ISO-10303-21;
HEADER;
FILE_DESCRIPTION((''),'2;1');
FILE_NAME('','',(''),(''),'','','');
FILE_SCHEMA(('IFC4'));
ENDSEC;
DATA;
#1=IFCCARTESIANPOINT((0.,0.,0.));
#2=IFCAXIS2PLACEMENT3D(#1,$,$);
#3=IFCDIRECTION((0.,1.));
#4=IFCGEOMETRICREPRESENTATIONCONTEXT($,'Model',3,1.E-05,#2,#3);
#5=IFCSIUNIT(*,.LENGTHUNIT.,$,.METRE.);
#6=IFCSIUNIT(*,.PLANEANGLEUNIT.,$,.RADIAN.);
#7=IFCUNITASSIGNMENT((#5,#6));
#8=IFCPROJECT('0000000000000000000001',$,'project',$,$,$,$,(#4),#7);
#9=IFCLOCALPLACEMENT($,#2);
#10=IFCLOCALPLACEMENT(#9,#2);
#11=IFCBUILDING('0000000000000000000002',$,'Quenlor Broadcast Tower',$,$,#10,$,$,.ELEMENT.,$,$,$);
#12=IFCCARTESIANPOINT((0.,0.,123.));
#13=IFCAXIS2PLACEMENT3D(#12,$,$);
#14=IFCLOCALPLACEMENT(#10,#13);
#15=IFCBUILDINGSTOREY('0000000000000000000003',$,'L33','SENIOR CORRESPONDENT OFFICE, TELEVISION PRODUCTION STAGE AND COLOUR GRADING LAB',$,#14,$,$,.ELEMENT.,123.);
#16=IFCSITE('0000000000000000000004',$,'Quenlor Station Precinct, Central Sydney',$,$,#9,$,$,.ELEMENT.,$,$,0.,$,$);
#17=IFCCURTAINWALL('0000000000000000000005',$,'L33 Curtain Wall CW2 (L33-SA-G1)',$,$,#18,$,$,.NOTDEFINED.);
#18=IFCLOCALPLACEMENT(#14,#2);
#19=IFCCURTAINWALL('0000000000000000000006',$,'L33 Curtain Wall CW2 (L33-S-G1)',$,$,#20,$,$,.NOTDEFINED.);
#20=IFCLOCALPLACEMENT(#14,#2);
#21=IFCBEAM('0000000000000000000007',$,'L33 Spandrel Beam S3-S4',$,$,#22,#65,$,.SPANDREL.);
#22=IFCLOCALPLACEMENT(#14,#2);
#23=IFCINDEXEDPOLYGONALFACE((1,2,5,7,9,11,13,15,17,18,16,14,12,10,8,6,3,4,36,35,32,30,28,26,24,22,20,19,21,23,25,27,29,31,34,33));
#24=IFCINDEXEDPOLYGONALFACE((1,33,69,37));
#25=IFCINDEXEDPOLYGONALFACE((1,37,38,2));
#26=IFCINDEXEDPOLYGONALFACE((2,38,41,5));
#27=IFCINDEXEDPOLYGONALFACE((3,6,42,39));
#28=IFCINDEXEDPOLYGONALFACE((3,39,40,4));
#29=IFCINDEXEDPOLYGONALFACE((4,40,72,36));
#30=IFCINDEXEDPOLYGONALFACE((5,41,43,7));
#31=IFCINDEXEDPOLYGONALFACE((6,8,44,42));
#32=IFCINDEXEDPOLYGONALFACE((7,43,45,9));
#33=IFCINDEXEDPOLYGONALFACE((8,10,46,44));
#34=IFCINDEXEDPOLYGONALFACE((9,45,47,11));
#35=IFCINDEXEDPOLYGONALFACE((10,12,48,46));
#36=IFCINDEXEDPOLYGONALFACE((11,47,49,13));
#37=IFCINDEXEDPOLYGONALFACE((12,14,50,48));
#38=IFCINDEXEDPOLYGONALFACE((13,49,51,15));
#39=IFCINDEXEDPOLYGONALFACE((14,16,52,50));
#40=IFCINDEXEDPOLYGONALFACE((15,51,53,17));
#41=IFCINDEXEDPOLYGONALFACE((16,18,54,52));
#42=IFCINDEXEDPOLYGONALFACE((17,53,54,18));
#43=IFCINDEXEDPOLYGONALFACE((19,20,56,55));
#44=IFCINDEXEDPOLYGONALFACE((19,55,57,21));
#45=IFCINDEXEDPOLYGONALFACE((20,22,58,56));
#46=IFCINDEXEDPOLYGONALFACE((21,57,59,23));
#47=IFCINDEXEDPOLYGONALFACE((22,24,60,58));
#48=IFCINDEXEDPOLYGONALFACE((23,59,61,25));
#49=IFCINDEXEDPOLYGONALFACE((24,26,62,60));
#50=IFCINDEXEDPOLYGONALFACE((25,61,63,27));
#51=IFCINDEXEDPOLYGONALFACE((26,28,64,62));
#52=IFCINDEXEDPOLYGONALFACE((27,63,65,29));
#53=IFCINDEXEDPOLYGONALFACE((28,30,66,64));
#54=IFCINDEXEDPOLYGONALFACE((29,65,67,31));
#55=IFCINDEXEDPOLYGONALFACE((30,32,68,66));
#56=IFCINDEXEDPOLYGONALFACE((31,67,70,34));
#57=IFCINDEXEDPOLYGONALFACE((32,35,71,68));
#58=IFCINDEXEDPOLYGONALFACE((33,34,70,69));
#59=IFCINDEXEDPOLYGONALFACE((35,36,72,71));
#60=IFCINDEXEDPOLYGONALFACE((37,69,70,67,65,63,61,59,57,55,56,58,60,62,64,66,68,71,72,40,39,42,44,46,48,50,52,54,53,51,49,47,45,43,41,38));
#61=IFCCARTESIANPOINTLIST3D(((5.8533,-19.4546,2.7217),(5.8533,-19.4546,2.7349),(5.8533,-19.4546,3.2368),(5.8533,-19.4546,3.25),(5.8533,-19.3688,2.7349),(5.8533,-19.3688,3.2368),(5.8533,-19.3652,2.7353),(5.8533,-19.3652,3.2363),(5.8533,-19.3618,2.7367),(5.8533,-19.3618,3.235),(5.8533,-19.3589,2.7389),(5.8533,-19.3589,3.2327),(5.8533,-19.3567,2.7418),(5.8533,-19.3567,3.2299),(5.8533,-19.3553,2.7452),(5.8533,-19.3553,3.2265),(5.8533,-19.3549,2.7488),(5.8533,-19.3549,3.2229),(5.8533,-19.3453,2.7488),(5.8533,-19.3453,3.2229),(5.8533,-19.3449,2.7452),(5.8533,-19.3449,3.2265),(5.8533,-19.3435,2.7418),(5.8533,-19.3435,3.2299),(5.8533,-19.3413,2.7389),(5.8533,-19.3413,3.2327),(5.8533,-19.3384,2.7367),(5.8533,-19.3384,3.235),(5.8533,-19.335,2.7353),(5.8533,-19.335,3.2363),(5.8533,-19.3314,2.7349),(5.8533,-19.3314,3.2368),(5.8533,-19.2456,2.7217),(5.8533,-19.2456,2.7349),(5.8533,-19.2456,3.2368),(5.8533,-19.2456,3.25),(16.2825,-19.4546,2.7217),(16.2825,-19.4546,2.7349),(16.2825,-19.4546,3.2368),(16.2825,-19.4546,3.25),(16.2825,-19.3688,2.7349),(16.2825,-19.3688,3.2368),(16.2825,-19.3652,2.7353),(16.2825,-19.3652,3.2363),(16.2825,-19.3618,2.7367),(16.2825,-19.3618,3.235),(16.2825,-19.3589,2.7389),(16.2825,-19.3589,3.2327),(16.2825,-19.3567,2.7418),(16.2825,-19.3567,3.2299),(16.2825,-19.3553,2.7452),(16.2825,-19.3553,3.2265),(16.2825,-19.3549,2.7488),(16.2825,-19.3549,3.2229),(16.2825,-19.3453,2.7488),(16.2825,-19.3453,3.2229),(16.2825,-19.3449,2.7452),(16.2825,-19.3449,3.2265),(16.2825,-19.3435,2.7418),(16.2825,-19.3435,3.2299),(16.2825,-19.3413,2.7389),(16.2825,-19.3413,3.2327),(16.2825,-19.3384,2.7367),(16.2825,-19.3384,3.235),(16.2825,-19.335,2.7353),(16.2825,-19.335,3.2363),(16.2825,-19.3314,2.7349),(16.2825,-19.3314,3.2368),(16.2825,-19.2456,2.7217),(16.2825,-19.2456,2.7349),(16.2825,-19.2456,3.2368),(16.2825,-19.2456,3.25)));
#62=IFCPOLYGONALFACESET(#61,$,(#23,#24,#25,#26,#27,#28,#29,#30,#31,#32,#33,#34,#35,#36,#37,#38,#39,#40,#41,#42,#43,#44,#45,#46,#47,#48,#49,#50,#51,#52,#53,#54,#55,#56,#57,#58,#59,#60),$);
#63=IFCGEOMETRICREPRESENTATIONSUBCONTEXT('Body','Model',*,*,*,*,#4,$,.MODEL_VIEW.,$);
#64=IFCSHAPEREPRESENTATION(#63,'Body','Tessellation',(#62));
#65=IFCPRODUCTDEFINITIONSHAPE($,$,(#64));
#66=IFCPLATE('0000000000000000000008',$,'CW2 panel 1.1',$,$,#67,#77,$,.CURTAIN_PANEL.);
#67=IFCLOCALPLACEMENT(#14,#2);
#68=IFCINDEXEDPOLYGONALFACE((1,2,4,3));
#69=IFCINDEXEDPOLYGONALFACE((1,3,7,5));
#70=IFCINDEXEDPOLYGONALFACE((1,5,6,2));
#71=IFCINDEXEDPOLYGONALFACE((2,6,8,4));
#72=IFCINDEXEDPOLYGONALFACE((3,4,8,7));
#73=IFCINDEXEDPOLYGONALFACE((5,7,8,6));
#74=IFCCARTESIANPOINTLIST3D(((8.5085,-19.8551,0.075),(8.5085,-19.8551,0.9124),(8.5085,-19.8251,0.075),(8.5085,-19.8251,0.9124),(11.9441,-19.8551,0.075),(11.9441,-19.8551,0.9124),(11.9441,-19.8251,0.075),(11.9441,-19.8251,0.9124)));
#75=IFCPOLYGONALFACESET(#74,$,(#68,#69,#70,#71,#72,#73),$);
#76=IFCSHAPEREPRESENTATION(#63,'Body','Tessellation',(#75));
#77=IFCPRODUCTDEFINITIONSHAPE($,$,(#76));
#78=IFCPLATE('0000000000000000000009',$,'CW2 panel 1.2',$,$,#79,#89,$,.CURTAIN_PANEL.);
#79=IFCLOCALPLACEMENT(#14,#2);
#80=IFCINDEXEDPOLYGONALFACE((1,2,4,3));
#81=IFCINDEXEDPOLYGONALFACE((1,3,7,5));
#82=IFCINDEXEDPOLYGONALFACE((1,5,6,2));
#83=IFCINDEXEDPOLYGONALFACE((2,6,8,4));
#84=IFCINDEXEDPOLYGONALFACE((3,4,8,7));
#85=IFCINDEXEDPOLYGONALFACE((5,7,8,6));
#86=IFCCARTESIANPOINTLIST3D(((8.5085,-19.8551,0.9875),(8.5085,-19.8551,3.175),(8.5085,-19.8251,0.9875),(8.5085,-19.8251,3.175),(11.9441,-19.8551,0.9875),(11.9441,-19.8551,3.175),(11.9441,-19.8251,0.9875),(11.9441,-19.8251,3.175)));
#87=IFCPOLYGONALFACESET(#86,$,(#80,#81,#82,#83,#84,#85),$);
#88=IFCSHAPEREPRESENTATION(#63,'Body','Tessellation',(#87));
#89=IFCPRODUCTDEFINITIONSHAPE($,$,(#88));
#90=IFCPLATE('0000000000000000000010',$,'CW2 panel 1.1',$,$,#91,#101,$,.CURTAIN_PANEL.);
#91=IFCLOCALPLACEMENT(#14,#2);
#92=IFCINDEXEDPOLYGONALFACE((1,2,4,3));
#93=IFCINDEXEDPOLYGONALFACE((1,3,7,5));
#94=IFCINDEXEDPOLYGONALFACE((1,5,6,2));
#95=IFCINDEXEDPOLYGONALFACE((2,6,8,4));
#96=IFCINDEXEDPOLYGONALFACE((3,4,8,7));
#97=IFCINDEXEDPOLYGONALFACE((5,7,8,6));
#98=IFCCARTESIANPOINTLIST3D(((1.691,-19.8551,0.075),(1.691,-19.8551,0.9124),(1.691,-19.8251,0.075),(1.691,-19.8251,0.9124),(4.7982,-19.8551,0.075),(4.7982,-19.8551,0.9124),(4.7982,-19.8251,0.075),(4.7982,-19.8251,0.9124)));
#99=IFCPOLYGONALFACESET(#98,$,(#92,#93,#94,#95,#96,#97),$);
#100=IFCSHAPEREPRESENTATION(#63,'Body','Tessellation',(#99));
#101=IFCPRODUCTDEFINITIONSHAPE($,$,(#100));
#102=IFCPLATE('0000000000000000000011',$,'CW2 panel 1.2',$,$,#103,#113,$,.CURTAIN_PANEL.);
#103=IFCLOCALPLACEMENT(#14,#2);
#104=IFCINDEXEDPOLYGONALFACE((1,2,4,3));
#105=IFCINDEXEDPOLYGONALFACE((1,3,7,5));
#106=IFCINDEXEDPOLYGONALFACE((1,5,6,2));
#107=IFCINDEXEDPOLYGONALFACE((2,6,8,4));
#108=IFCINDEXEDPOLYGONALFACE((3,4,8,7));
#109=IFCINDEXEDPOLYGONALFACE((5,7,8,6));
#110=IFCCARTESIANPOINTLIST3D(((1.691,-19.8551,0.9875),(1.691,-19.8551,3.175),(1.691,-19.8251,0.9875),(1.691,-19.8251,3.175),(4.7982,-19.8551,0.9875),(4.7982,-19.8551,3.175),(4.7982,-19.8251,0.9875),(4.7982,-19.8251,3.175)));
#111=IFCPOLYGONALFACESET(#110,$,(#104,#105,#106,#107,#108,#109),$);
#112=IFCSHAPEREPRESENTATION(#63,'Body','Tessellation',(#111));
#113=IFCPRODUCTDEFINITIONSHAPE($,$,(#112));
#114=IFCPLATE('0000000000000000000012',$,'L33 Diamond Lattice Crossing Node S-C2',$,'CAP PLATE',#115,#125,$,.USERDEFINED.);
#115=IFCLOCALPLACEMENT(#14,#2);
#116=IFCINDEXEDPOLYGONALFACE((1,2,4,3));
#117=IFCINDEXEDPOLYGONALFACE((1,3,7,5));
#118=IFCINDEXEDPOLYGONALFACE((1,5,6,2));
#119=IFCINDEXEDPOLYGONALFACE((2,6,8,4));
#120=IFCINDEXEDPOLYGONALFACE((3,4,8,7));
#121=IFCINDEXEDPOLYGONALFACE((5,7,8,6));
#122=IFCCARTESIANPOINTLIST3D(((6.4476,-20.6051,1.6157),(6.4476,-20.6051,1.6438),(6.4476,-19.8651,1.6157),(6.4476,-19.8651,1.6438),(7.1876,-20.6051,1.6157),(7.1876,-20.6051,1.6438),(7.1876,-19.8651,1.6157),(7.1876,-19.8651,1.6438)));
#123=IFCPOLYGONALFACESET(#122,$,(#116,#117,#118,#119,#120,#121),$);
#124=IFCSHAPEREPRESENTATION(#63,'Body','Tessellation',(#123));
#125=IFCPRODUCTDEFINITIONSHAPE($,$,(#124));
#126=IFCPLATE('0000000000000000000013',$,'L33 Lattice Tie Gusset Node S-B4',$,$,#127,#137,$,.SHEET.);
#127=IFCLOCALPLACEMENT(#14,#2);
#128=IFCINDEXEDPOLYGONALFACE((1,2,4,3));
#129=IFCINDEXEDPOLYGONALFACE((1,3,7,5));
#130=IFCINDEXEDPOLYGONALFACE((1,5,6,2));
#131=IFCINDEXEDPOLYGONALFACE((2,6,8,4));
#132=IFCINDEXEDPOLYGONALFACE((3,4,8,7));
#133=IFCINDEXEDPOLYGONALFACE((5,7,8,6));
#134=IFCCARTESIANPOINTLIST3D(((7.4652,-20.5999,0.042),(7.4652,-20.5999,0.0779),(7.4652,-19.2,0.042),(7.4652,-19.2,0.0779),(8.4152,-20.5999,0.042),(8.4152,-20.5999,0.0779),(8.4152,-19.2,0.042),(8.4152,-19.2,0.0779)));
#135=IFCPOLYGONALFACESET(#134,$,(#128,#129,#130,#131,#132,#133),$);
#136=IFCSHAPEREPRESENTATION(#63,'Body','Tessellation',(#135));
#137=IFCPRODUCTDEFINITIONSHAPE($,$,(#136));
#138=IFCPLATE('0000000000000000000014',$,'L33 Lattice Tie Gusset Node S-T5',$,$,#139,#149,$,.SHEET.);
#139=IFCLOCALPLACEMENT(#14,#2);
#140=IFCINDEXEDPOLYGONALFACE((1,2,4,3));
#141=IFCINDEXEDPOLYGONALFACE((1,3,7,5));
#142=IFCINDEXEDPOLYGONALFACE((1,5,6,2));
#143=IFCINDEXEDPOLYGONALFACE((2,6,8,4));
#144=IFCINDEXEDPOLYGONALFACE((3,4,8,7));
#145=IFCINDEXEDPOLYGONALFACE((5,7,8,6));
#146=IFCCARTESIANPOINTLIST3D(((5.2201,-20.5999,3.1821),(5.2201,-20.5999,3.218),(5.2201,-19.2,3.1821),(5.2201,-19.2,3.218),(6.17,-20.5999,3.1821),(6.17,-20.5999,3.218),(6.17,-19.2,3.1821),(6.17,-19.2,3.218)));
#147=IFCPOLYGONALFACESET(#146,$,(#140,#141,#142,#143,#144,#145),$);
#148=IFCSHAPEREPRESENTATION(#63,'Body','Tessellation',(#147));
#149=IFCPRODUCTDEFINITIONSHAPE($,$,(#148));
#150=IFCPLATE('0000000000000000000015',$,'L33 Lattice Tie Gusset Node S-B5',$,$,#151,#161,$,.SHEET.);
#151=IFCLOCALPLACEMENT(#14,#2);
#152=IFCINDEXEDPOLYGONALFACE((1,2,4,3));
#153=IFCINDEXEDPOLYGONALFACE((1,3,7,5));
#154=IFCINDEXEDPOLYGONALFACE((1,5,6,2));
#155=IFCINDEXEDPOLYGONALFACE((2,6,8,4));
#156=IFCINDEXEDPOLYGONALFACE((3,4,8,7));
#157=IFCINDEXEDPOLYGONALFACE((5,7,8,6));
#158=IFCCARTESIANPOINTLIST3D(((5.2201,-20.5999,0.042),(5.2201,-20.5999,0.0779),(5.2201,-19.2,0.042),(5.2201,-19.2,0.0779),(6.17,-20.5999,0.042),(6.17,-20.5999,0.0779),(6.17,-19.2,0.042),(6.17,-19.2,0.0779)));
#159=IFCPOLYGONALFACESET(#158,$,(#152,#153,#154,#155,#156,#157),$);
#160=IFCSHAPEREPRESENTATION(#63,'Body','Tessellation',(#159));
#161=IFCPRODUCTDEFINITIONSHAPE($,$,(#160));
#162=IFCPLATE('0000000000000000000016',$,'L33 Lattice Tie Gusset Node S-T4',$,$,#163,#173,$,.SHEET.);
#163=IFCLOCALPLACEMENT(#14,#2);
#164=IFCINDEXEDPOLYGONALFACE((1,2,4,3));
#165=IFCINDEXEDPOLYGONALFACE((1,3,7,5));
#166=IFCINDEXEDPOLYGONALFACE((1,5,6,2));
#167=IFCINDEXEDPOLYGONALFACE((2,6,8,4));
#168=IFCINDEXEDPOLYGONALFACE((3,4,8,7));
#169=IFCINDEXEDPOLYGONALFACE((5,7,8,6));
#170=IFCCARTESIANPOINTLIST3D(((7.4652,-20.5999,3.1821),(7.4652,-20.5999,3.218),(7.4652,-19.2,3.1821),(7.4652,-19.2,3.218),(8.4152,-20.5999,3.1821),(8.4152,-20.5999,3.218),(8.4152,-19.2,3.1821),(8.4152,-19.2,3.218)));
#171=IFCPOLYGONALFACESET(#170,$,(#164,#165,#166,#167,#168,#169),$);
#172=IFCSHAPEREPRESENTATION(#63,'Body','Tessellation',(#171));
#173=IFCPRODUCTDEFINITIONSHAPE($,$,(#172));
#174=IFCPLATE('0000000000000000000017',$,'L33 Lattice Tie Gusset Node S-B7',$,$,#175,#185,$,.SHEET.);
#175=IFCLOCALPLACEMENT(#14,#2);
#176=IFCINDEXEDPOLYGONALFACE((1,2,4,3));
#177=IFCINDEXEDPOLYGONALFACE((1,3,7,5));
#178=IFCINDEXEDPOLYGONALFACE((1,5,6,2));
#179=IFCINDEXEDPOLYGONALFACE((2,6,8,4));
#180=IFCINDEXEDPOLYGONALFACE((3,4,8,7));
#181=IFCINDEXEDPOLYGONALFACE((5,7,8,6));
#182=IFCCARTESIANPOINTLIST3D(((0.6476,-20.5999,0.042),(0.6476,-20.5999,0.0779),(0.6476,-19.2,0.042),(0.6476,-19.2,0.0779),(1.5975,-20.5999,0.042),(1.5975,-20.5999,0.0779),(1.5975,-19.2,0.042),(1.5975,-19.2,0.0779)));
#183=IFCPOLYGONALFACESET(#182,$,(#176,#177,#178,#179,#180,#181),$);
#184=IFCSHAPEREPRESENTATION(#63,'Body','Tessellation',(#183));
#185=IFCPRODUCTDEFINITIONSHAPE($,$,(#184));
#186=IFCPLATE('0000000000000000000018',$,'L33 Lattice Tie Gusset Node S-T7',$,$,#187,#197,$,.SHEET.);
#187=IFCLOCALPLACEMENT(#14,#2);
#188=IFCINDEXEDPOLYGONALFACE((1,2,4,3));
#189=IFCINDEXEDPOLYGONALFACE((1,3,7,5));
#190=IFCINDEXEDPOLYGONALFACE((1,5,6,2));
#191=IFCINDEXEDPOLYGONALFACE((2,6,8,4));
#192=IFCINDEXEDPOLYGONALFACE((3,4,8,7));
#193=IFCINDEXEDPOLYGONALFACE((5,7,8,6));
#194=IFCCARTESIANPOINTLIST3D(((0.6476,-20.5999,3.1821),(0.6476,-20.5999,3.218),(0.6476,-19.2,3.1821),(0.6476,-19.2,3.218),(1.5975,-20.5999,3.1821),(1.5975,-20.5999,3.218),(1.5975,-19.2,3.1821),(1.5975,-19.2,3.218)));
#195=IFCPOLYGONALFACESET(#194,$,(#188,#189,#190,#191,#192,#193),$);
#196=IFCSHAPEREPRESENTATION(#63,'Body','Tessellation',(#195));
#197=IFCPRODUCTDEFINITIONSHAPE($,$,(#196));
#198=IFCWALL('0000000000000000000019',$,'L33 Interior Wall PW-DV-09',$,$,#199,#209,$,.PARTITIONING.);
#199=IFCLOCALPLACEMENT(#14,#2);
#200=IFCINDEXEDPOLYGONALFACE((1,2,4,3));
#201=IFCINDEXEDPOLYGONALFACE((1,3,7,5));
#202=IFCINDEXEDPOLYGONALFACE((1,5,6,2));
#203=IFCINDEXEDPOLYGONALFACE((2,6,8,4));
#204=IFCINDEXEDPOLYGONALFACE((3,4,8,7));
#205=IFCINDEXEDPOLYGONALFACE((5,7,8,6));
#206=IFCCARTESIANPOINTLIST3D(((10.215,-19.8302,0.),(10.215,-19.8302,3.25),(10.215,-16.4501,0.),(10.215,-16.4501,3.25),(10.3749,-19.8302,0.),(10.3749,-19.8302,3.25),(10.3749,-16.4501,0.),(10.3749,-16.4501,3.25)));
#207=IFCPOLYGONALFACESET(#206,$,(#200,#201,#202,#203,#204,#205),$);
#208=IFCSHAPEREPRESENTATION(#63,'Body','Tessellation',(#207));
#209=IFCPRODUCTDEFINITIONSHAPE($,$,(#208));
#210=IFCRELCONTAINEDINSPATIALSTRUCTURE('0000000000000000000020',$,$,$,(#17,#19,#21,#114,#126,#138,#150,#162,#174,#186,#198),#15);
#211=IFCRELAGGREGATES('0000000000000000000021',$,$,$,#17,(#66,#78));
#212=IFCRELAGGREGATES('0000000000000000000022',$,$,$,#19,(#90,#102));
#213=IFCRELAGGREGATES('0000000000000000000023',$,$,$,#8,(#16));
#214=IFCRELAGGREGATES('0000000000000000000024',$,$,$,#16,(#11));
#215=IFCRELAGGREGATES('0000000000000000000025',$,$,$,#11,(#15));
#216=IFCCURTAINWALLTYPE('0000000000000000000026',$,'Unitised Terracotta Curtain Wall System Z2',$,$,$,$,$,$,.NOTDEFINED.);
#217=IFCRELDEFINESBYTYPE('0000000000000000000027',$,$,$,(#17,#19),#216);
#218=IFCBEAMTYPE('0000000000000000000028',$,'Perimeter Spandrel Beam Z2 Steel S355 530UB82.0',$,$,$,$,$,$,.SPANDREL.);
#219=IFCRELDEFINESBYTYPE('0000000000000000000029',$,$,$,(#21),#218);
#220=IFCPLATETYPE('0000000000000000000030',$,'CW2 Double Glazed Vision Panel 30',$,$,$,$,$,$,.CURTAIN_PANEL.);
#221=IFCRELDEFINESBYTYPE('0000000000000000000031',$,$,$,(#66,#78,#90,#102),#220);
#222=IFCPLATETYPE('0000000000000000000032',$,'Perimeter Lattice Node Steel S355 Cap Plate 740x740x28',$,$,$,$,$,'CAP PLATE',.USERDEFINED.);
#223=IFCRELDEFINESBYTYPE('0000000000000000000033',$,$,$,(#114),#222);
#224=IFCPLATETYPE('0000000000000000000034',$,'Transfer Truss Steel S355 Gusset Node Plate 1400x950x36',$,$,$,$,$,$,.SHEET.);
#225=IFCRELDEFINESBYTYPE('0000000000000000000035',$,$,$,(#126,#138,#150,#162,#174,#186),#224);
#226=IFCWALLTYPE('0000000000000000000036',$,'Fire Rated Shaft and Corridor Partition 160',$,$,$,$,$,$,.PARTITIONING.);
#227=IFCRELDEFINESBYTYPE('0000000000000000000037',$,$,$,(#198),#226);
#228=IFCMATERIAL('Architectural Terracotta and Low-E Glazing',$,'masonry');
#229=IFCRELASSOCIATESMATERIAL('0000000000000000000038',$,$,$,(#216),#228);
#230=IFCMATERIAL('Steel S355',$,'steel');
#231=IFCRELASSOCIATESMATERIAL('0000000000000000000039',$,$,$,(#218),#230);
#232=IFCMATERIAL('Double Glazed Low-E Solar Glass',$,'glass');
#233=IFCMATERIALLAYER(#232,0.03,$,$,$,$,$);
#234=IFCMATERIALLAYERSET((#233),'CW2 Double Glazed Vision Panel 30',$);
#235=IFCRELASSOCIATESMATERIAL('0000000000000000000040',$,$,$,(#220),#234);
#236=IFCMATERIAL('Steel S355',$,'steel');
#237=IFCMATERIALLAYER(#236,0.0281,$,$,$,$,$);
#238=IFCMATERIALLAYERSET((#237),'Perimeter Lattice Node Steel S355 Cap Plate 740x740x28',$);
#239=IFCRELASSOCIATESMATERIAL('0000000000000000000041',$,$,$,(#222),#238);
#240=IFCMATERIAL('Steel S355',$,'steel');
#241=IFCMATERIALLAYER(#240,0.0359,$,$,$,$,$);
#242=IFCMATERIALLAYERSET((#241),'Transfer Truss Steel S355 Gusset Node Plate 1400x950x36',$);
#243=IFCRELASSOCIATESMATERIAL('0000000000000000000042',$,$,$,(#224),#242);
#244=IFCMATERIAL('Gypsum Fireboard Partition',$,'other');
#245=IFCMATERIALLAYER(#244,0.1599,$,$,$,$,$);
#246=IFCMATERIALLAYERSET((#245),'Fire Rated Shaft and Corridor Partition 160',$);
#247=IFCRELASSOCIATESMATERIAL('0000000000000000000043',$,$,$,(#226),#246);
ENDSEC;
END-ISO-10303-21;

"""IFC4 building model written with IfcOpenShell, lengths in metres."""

from ifc_helpers import new_model, si_unit, direction, frame, frame_2d, origin, origin_2d, place, context, subcontext, project, spatial, rectangle, i_section, extrude, material, layer, layer_set, material_profile, profile_set, type_object, element, aggregate, save


model = new_model("IFC4")

# Units and contexts
model_context = context("Model", 3, precision=1e-05, world=origin(), true_north=direction((0.0, 1.0)))
body_context = subcontext(model_context, "Body", "Model", "MODEL_VIEW")
ifc_project = project(units=[si_unit("LENGTHUNIT", "METRE"), si_unit("PLANEANGLEUNIT", "RADIAN")], contexts=[model_context])

# Site, building, storey
site_placement = place(None, origin())
site = spatial("IfcSite", under=ifc_project, at=site_placement, Name="Quenlor Station Precinct, Central Sydney", CompositionType="ELEMENT", RefElevation=0.0)
building_placement = place(site_placement, origin())
building = spatial("IfcBuilding", under=site, at=building_placement, Name="Quenlor Broadcast Tower", CompositionType="ELEMENT")
storey_placement = place(building_placement, frame((0.0, 0.0, 123.0)))
storey = spatial("IfcBuildingStorey", under=building, at=storey_placement, Name="L33", Description="SENIOR CORRESPONDENT OFFICE, TELEVISION PRODUCTION STAGE AND COLOUR GRADING LAB", CompositionType="ELEMENT", Elevation=123.0)

# Curtain wall
ifc_material_1 = material(Name="Architectural Terracotta and Low-E Glazing", Category="masonry")
curtain_wall_type = type_object("IfcCurtainWallType", Name="Unitised Terracotta Curtain Wall System Z2", PredefinedType="NOTDEFINED", material=ifc_material_1)
curtain_wall_1_placement = place(storey_placement, origin())
curtain_wall_1 = element("IfcCurtainWall", 1, at=curtain_wall_1_placement, inside=storey, type_object=curtain_wall_type, Name="L33 Curtain Wall CW2 (L33-SA-G1)", PredefinedType="NOTDEFINED")

# Curtain wall
curtain_wall_2_placement = place(storey_placement, origin())
curtain_wall_2 = element("IfcCurtainWall", 2, at=curtain_wall_2_placement, inside=storey, type_object=curtain_wall_type, Name="L33 Curtain Wall CW2 (L33-S-G1)", PredefinedType="NOTDEFINED")

# Beam
ifc_material_2 = material(Name="Steel S355", Category="steel")
ifc_material_profile_1 = material_profile(ifc_material_2, i_section(OverallWidth=0.209, OverallDepth=0.5283, WebThickness=0.0095, FlangeThickness=0.0132, FilletRadius=0.0139, at=origin_2d()))
ifc_profile_set_1 = profile_set([ifc_material_profile_1], Name="Steel S355 530UB82.0")
beam_type = type_object("IfcBeamType", Name="Perimeter Spandrel Beam Z2 Steel S355 530UB82.0", PredefinedType="SPANDREL", material=ifc_profile_set_1)
beam_placement = place(storey_placement, frame((5.8533, -19.3501, 2.9858), z_axis=(1.0, 0.0, 0.0), x_axis=(0.0, 1.0, 0.0)))
element("IfcBeam", 3, at=beam_placement, inside=storey, type_object=beam_type, Name="L33 Spandrel Beam S3-S4", PredefinedType="SPANDREL", context=body_context, shape_type="SweptSolid", body=[
    extrude(i_section(OverallWidth=0.209, OverallDepth=0.5283, WebThickness=0.0095, FlangeThickness=0.0132, FilletRadius=0.0139, at=origin_2d()), origin(), (0.0, 0.0, 1.0), 10.4292),
])

# Plates
ifc_material_3 = material(Name="Double Glazed Low-E Solar Glass", Category="glass")
ifc_layer_1 = layer(ifc_material_3, 0.03)
ifc_layer_set_1 = layer_set([ifc_layer_1], Name="CW2 Double Glazed Vision Panel 30")
plate_type_1 = type_object("IfcPlateType", Name="CW2 Double Glazed Vision Panel 30", PredefinedType="CURTAIN_PANEL", material=ifc_layer_set_1)
plate_1_placement = place(storey_placement, frame((10.2263, -19.8401, 0.075), z_axis=(0.0, 0.0, 1.0), x_axis=(-1.0, 0.0, 0.0)))
plate_1 = element("IfcPlate", 4, at=plate_1_placement, type_object=plate_type_1, Name="CW2 panel 1.1", PredefinedType="CURTAIN_PANEL", context=body_context, shape_type="SweptSolid", body=[
    extrude(rectangle(XDim=3.4355, YDim=0.03, at=origin_2d()), origin(), (0.0, 0.0, 1.0), 0.8374),
])
plate_2_placement = place(storey_placement, frame((10.2263, -19.8401, 0.9875), z_axis=(0.0, 0.0, 1.0), x_axis=(-1.0, 0.0, 0.0)))
plate_2 = element("IfcPlate", 5, at=plate_2_placement, type_object=plate_type_1, Name="CW2 panel 1.2", PredefinedType="CURTAIN_PANEL", context=body_context, shape_type="SweptSolid", body=[
    extrude(rectangle(XDim=3.4355, YDim=0.03, at=origin_2d()), origin(), (0.0, 0.0, 1.0), 2.1875),
])
aggregate(curtain_wall_1, [plate_1, plate_2])
plate_3_placement = place(storey_placement, frame((3.2446, -19.8401, 0.075), z_axis=(0.0, 0.0, 1.0), x_axis=(-1.0, 0.0, 0.0)))
plate_3 = element("IfcPlate", 6, at=plate_3_placement, type_object=plate_type_1, Name="CW2 panel 1.1", PredefinedType="CURTAIN_PANEL", context=body_context, shape_type="SweptSolid", body=[
    extrude(rectangle(XDim=3.1072, YDim=0.03, at=origin_2d()), origin(), (0.0, 0.0, 1.0), 0.8374),
])
plate_4_placement = place(storey_placement, frame((3.2446, -19.8401, 0.9875), z_axis=(0.0, 0.0, 1.0), x_axis=(-1.0, 0.0, 0.0)))
plate_4 = element("IfcPlate", 7, at=plate_4_placement, type_object=plate_type_1, Name="CW2 panel 1.2", PredefinedType="CURTAIN_PANEL", context=body_context, shape_type="SweptSolid", body=[
    extrude(rectangle(XDim=3.1072, YDim=0.03, at=origin_2d()), origin(), (0.0, 0.0, 1.0), 2.1875),
])
aggregate(curtain_wall_2, [plate_3, plate_4])

# Plates
ifc_material_4 = material(Name="Steel S355", Category="steel")
ifc_layer_2 = layer(ifc_material_4, 0.0281)
ifc_layer_set_2 = layer_set([ifc_layer_2], Name="Perimeter Lattice Node Steel S355 Cap Plate 740x740x28")
plate_type_2 = type_object("IfcPlateType", Name="Perimeter Lattice Node Steel S355 Cap Plate 740x740x28", ElementType="CAP PLATE", PredefinedType="USERDEFINED", material=ifc_layer_set_2)
plate_5_placement = place(storey_placement, frame((6.8176, -20.2351, 1.6157), z_axis=(0.0, 0.0, 1.0), x_axis=(-1.0, 0.0, 0.0)))
element("IfcPlate", 8, at=plate_5_placement, inside=storey, type_object=plate_type_2, Name="L33 Diamond Lattice Crossing Node S-C2", ObjectType="CAP PLATE", PredefinedType="USERDEFINED", context=body_context, shape_type="SweptSolid", body=[
    extrude(rectangle(XDim=0.74, YDim=0.74, at=origin_2d()), origin(), (0.0, 0.0, 1.0), 0.0281),
])
ifc_material_5 = material(Name="Steel S355", Category="steel")
ifc_layer_3 = layer(ifc_material_5, 0.0359)
ifc_layer_set_3 = layer_set([ifc_layer_3], Name="Transfer Truss Steel S355 Gusset Node Plate 1400x950x36")
plate_type_3 = type_object("IfcPlateType", Name="Transfer Truss Steel S355 Gusset Node Plate 1400x950x36", PredefinedType="SHEET", material=ifc_layer_set_3)
for number, where, z_axis, x_axis, name in (
    (9, (7.9402, -19.8999, 0.042), (0.0, 0.0, 1.0), (0.0, -1.0, 0.0), "L33 Lattice Tie Gusset Node S-B4"),
    (10, (5.6951, -19.8999, 3.1821), (0.0, 0.0, 1.0), (0.0, -1.0, 0.0), "L33 Lattice Tie Gusset Node S-T5"),
    (11, (5.6951, -19.8999, 0.042), (0.0, 0.0, 1.0), (0.0, -1.0, 0.0), "L33 Lattice Tie Gusset Node S-B5"),
    (12, (7.9402, -19.8999, 3.1821), (0.0, 0.0, 1.0), (0.0, -1.0, 0.0), "L33 Lattice Tie Gusset Node S-T4"),
    (13, (1.1226, -19.8999, 0.042), (0.0, 0.0, 1.0), (0.0, -1.0, 0.0), "L33 Lattice Tie Gusset Node S-B7"),
    (14, (1.1226, -19.8999, 3.1821), (0.0, 0.0, 1.0), (0.0, -1.0, 0.0), "L33 Lattice Tie Gusset Node S-T7"),
):
    element("IfcPlate", number, at=place(storey_placement, frame(where, z_axis=z_axis, x_axis=x_axis)), inside=storey, type_object=plate_type_3, Name=name, PredefinedType="SHEET", context=body_context, shape_type="SweptSolid", body=[
        extrude(rectangle(XDim=1.3999, YDim=0.95, at=origin_2d()), origin(), (0.0, 0.0, 1.0), 0.0359),
    ])

# Wall
ifc_material_6 = material(Name="Gypsum Fireboard Partition", Category="other")
ifc_layer_4 = layer(ifc_material_6, 0.1599)
ifc_layer_set_4 = layer_set([ifc_layer_4], Name="Fire Rated Shaft and Corridor Partition 160")
wall_type_1 = type_object("IfcWallType", Name="Fire Rated Shaft and Corridor Partition 160", PredefinedType="PARTITIONING", material=ifc_layer_set_4)
wall_1_placement = place(storey_placement, frame((10.2949, -19.8301, 0.0), z_axis=(0.0, 0.0, 1.0), x_axis=(0.0, 1.0, 0.0)))
element("IfcWall", 15, at=wall_1_placement, inside=storey, type_object=wall_type_1, Name="L33 Interior Wall PW-DV-09", PredefinedType="PARTITIONING", context=body_context, shape_type="SweptSolid", body=[
    extrude(rectangle(XDim=3.3801, YDim=0.1599, at=frame_2d((1.6899, 0.0))), origin(), (0.0, 0.0, 1.0), 3.25),
])

save(model, "model.ifc")
